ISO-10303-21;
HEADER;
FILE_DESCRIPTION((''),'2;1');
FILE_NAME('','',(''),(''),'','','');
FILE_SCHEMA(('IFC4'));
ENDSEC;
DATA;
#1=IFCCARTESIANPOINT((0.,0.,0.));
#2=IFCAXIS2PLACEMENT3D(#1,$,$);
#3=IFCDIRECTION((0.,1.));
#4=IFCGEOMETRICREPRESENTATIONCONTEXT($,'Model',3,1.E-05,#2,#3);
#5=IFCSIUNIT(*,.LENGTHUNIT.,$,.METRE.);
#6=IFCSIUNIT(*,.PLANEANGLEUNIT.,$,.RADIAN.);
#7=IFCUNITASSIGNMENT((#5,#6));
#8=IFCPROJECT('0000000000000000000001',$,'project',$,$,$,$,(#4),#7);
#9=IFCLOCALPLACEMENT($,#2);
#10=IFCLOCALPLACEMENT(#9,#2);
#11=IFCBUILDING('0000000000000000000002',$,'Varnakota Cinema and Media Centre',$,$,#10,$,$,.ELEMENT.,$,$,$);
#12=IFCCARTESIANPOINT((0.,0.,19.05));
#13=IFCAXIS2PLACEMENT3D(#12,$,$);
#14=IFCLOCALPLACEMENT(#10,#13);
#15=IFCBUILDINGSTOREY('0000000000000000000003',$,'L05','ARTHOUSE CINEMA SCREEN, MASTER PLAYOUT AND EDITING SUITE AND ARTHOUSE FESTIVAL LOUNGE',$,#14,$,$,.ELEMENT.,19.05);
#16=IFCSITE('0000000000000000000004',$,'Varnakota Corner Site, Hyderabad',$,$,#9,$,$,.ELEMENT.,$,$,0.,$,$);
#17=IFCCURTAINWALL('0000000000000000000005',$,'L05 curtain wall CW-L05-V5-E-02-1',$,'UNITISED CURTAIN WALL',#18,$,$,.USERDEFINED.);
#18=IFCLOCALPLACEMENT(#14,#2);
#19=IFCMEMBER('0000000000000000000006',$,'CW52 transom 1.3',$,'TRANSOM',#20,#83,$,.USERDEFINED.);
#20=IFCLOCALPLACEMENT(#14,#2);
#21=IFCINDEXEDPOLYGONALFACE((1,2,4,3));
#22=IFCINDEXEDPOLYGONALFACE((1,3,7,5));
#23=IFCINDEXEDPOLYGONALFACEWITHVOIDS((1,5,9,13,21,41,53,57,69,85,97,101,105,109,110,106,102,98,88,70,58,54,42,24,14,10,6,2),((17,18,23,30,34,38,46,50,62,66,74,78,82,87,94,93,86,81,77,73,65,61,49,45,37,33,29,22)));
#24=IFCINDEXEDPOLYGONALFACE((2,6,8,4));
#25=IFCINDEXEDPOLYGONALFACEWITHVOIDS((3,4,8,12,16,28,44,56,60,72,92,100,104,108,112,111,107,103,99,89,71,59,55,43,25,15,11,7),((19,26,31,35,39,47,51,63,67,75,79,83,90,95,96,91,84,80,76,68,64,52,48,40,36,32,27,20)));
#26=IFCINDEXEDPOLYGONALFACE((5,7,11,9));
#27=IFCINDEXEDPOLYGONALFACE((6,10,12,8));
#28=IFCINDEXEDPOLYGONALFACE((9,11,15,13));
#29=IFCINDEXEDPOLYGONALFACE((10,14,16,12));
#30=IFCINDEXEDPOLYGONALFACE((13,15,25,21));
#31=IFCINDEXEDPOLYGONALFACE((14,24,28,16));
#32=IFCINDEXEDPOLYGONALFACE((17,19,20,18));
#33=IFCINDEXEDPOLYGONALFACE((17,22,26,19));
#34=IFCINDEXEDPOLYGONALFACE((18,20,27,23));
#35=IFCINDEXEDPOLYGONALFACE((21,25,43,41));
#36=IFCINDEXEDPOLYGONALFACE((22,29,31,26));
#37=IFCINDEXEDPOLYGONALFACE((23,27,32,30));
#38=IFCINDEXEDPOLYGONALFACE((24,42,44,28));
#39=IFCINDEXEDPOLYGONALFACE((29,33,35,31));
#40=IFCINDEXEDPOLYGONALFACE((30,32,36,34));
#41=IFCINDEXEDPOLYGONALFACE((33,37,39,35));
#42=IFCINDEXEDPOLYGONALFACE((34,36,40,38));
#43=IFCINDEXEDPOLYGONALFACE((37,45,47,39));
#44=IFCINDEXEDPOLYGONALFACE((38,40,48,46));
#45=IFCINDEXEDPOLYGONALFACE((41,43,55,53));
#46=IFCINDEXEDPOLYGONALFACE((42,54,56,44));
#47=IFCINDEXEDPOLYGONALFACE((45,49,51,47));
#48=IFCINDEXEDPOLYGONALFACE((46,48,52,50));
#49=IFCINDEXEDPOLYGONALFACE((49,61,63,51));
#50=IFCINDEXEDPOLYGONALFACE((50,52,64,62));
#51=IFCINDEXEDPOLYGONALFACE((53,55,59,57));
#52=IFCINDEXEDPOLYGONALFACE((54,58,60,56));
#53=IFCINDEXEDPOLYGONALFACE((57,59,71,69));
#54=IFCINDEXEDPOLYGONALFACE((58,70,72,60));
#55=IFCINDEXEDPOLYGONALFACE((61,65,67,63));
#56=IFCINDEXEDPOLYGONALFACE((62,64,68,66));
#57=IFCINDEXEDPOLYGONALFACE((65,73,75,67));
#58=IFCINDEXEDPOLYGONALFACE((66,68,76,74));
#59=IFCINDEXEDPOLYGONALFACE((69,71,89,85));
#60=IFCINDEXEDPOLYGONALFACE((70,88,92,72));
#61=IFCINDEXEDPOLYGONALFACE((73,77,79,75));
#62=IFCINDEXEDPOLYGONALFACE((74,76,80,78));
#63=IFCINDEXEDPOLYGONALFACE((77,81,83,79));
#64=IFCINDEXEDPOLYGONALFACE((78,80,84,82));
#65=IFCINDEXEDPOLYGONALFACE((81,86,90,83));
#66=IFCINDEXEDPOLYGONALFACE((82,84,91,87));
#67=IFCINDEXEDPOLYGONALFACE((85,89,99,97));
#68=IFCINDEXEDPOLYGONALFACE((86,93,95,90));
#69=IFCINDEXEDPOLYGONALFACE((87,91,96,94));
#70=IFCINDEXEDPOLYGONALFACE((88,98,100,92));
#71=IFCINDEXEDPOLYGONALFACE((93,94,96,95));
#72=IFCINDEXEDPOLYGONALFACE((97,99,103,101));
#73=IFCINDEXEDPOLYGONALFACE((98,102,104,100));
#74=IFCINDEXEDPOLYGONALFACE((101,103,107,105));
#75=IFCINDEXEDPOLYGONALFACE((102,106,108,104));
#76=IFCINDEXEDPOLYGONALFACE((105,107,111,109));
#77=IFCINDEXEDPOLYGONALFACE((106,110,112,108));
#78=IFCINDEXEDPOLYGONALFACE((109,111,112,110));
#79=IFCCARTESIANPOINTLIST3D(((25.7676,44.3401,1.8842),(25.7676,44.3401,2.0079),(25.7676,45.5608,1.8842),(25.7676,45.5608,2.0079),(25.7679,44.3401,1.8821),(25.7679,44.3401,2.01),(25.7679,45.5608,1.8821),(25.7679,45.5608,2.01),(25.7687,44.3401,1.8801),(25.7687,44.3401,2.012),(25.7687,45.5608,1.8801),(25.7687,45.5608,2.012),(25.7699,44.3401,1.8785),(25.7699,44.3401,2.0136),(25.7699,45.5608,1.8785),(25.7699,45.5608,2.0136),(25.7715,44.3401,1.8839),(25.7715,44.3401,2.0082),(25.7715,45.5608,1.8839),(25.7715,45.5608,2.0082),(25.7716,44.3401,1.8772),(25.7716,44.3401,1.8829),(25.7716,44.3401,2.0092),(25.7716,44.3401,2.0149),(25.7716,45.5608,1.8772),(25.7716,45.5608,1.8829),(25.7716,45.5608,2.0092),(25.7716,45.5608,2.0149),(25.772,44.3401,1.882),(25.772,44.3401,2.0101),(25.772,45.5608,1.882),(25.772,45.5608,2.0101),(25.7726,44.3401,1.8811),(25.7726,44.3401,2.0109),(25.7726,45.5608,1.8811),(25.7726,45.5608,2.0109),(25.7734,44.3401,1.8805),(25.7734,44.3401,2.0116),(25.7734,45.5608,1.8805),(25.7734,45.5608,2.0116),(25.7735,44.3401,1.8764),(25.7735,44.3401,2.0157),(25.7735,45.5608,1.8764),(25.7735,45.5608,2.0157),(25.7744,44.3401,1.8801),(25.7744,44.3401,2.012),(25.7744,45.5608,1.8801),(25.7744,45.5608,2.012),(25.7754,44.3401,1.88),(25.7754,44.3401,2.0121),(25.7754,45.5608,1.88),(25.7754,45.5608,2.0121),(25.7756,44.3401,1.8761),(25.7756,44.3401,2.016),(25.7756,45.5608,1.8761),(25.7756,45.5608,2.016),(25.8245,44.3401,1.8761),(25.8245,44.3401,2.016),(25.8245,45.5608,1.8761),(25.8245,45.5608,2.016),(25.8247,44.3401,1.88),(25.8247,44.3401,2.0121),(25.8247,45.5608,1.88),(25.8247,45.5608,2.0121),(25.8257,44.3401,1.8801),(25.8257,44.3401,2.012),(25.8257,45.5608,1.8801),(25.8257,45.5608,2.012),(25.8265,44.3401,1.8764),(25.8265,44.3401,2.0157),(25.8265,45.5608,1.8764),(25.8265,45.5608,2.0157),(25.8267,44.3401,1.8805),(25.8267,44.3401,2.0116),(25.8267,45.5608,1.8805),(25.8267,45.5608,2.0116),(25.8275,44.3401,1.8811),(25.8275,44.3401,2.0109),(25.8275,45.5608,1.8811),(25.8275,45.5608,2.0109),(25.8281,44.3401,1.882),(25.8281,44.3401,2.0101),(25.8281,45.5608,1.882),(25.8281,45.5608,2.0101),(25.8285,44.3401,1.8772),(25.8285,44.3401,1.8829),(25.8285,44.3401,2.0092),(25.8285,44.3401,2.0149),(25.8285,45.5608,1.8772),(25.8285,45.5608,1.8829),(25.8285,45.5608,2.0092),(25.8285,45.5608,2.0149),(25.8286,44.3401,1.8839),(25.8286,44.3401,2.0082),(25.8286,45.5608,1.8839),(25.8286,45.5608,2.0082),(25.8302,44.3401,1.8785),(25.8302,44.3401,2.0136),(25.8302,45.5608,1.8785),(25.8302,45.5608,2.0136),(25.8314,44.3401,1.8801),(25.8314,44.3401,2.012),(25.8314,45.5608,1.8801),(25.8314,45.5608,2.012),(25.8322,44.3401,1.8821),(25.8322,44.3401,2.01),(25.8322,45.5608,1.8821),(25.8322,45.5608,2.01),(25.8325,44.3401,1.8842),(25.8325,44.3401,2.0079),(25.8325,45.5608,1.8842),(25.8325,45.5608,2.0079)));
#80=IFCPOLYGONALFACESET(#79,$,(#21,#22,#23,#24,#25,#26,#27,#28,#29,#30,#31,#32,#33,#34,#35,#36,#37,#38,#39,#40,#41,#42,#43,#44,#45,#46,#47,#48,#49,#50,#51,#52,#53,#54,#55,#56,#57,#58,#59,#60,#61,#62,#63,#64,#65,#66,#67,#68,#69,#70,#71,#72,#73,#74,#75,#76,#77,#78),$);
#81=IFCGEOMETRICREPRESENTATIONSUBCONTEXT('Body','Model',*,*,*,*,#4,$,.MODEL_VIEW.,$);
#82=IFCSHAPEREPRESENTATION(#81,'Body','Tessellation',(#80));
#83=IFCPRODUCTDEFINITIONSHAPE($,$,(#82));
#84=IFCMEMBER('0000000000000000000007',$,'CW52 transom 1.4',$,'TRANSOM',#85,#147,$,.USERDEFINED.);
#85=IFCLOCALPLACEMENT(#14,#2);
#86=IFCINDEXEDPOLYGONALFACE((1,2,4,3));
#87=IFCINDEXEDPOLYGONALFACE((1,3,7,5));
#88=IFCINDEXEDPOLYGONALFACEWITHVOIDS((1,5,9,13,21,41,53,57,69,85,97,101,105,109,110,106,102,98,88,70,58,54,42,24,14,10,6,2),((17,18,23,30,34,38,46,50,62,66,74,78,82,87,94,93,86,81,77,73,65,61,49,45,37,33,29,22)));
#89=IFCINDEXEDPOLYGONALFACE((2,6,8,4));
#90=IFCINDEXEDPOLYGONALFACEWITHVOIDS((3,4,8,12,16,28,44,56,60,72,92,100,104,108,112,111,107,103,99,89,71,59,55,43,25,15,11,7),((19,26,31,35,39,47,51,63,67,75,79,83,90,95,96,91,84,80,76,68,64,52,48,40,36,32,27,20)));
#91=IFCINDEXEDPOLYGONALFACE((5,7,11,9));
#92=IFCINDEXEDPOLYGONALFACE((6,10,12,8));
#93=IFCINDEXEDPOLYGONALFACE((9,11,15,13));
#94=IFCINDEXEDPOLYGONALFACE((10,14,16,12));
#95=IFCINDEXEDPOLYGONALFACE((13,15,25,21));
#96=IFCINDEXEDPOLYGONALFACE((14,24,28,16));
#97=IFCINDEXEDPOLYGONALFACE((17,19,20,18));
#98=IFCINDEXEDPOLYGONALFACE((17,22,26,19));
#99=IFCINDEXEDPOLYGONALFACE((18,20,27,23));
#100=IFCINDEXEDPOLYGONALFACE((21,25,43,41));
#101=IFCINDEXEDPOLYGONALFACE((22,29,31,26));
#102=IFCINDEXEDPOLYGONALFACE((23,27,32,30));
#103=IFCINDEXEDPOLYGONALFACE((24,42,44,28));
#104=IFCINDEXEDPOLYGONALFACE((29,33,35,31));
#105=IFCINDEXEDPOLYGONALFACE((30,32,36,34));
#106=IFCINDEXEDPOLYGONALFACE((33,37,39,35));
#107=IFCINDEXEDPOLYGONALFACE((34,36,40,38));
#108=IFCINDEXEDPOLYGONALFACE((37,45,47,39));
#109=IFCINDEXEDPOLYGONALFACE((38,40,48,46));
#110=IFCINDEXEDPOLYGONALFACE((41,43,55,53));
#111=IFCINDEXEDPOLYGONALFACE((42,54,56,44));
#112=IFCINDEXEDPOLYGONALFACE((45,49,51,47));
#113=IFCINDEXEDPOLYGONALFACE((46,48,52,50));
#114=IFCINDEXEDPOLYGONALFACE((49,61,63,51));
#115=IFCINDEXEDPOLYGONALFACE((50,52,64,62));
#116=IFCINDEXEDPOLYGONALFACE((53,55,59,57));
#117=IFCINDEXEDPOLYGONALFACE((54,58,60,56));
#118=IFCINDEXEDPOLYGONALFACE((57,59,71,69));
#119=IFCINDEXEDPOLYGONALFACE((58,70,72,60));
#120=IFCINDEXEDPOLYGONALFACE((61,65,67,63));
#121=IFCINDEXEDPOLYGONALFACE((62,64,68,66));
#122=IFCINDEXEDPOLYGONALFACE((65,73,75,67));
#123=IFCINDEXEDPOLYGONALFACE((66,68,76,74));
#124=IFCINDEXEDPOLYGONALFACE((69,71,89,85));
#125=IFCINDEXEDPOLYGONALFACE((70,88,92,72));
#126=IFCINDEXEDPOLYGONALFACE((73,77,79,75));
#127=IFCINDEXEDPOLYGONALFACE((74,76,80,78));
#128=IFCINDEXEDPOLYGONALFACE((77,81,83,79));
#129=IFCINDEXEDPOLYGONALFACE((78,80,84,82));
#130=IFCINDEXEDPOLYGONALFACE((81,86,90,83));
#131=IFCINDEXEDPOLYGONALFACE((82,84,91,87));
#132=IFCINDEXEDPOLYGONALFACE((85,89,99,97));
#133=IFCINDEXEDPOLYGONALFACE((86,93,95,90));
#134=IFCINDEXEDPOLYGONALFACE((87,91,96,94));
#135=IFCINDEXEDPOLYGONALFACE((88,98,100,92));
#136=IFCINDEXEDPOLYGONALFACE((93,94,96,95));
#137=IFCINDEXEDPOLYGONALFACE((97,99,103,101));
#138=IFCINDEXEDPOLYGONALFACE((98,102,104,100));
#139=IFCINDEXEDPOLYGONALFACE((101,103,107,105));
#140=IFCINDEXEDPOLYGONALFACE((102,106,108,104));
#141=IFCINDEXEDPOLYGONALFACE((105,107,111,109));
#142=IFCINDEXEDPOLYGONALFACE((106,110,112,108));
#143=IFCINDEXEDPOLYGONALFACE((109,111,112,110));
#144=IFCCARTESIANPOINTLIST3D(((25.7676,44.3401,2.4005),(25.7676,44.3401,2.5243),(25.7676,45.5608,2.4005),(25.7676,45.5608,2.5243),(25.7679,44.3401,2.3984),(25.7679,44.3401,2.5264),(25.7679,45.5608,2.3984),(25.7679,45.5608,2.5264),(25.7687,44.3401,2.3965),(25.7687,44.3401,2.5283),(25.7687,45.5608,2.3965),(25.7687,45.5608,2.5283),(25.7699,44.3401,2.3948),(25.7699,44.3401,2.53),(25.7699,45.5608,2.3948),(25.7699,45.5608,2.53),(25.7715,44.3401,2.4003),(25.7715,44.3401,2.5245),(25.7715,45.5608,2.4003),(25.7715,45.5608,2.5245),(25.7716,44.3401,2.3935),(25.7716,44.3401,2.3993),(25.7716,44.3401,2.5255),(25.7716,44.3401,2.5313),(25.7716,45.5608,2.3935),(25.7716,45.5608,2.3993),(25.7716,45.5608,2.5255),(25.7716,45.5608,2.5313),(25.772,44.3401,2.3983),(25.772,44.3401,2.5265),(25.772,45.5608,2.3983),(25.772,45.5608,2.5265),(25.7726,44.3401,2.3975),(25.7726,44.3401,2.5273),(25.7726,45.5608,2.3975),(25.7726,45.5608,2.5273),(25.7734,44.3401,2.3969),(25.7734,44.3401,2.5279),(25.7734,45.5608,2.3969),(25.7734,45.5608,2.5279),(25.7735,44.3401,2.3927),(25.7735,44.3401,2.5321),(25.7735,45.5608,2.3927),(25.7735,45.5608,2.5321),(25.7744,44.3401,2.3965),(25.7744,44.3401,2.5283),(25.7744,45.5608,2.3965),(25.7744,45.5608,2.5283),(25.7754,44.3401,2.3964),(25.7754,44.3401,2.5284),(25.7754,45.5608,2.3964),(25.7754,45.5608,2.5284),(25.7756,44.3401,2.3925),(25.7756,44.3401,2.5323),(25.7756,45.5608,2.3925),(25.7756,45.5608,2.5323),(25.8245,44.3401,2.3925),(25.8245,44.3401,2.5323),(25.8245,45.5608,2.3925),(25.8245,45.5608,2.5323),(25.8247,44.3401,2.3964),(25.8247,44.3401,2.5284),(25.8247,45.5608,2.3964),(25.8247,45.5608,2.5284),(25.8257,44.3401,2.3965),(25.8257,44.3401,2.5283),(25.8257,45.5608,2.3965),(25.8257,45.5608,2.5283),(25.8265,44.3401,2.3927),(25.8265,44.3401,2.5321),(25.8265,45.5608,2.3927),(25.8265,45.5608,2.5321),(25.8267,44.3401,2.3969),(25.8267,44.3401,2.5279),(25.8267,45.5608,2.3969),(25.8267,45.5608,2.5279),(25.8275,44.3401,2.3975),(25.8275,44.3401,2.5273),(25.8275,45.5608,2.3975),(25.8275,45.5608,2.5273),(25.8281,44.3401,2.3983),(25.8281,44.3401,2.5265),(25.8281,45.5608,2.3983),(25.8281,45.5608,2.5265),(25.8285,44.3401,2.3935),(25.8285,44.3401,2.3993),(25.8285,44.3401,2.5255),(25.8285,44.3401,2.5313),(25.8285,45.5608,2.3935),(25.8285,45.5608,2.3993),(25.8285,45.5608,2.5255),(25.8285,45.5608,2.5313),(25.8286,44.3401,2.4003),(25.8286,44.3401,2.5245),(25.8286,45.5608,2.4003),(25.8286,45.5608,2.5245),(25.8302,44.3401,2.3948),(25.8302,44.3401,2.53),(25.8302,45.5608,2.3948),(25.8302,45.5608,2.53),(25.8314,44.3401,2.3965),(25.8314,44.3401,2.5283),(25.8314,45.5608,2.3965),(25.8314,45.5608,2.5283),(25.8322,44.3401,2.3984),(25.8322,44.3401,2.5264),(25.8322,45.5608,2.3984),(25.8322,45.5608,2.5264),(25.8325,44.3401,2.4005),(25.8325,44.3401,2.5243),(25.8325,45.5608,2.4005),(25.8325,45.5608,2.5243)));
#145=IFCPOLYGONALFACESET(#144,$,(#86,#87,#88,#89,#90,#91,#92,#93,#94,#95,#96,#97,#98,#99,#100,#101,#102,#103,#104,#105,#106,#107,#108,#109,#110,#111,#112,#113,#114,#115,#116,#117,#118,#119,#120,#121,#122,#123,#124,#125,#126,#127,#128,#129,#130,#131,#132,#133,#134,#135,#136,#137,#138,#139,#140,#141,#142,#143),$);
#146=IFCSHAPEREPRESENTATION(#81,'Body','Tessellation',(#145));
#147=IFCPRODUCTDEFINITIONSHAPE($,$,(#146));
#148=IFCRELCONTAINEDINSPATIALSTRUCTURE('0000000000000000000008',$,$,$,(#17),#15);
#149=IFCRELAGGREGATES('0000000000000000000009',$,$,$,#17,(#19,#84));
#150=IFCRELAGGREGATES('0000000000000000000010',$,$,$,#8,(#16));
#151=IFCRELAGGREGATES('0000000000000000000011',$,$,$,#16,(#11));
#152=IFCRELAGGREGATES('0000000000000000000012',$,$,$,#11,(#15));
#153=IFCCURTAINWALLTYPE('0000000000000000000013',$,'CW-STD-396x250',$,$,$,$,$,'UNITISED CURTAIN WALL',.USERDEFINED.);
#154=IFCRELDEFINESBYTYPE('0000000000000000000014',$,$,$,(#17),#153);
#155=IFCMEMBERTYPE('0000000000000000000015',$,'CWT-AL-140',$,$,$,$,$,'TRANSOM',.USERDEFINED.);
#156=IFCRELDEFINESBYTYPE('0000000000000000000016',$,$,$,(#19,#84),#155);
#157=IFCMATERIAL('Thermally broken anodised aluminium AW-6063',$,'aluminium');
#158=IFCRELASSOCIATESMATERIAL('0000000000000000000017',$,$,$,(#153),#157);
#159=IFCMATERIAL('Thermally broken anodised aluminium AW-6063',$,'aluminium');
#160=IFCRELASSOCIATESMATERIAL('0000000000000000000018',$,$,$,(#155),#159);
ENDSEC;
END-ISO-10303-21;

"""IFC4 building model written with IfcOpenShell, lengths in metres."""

from ifc_helpers import new_model, si_unit, direction, frame, origin, origin_2d, place, context, subcontext, project, spatial, hollow_rectangle, extrude, material, material_profile, profile_set, type_object, element, aggregate, save


model = new_model("IFC4")

# Units and contexts
model_context = context("Model", 3, precision=1e-05, world=origin(), true_north=direction((0.0, 1.0)))
body_context = subcontext(model_context, "Body", "Model", "MODEL_VIEW")
ifc_project = project(units=[si_unit("LENGTHUNIT", "METRE"), si_unit("PLANEANGLEUNIT", "RADIAN")], contexts=[model_context])

# Site, building, storey
site_placement = place(None, origin())
site = spatial("IfcSite", under=ifc_project, at=site_placement, Name="Varnakota Corner Site, Hyderabad", CompositionType="ELEMENT", RefElevation=0.0)
building_placement = place(site_placement, origin())
building = spatial("IfcBuilding", under=site, at=building_placement, Name="Varnakota Cinema and Media Centre", CompositionType="ELEMENT")
storey_placement = place(building_placement, frame((0.0, 0.0, 19.05)))
storey = spatial("IfcBuildingStorey", under=building, at=storey_placement, Name="L05", Description="ARTHOUSE CINEMA SCREEN, MASTER PLAYOUT AND EDITING SUITE AND ARTHOUSE FESTIVAL LOUNGE", CompositionType="ELEMENT", Elevation=19.05)

# Curtain wall, members
ifc_material_1 = material(Name="Thermally broken anodised aluminium AW-6063", Category="aluminium")
curtain_wall_type = type_object("IfcCurtainWallType", Name="CW-STD-396x250", ElementType="UNITISED CURTAIN WALL", PredefinedType="USERDEFINED", material=ifc_material_1)
curtain_wall_placement = place(storey_placement, origin())
curtain_wall = element("IfcCurtainWall", 1, at=curtain_wall_placement, inside=storey, type_object=curtain_wall_type, Name="L05 curtain wall CW-L05-V5-E-02-1", ObjectType="UNITISED CURTAIN WALL", PredefinedType="USERDEFINED")
ifc_material_2 = material(Name="Thermally broken anodised aluminium AW-6063", Category="aluminium")
ifc_material_profile_1 = material_profile(ifc_material_2, hollow_rectangle(XDim=0.0649, YDim=0.1399, WallThickness=0.0039, InnerFilletRadius=0.0039, OuterFilletRadius=0.0081, at=origin_2d()), Name="AL-TRANSOM 140x65x4")
ifc_profile_set_1 = profile_set([ifc_material_profile_1], Name="Thermally broken anodised aluminium AW-6063")
member_type_1 = type_object("IfcMemberType", Name="CWT-AL-140", ElementType="TRANSOM", PredefinedType="USERDEFINED", material=ifc_profile_set_1)
member_1_placement = place(storey_placement, frame((25.8, 44.3401, 1.946), z_axis=(0.0, 1.0, 0.0), x_axis=(-1.0, 0.0, 0.0)))
member_1 = element("IfcMember", 2, at=member_1_placement, type_object=member_type_1, Name="CW52 transom 1.3", ObjectType="TRANSOM", PredefinedType="USERDEFINED", context=body_context, shape_type="SweptSolid", body=[
    extrude(hollow_rectangle(XDim=0.0649, YDim=0.1399, WallThickness=0.0039, InnerFilletRadius=0.0039, OuterFilletRadius=0.0081, at=origin_2d()), origin(), (0.0, 0.0, 1.0), 1.2207),
])
member_2_placement = place(storey_placement, frame((25.8, 44.3401, 2.4624), z_axis=(0.0, 1.0, 0.0), x_axis=(-1.0, 0.0, 0.0)))
member_2 = element("IfcMember", 3, at=member_2_placement, type_object=member_type_1, Name="CW52 transom 1.4", ObjectType="TRANSOM", PredefinedType="USERDEFINED", context=body_context, shape_type="SweptSolid", body=[
    extrude(hollow_rectangle(XDim=0.0649, YDim=0.1399, WallThickness=0.0039, InnerFilletRadius=0.0039, OuterFilletRadius=0.0081, at=origin_2d()), origin(), (0.0, 0.0, 1.0), 1.2207),
])
aggregate(curtain_wall, [member_1, member_2])

save(model, "model.ifc")
